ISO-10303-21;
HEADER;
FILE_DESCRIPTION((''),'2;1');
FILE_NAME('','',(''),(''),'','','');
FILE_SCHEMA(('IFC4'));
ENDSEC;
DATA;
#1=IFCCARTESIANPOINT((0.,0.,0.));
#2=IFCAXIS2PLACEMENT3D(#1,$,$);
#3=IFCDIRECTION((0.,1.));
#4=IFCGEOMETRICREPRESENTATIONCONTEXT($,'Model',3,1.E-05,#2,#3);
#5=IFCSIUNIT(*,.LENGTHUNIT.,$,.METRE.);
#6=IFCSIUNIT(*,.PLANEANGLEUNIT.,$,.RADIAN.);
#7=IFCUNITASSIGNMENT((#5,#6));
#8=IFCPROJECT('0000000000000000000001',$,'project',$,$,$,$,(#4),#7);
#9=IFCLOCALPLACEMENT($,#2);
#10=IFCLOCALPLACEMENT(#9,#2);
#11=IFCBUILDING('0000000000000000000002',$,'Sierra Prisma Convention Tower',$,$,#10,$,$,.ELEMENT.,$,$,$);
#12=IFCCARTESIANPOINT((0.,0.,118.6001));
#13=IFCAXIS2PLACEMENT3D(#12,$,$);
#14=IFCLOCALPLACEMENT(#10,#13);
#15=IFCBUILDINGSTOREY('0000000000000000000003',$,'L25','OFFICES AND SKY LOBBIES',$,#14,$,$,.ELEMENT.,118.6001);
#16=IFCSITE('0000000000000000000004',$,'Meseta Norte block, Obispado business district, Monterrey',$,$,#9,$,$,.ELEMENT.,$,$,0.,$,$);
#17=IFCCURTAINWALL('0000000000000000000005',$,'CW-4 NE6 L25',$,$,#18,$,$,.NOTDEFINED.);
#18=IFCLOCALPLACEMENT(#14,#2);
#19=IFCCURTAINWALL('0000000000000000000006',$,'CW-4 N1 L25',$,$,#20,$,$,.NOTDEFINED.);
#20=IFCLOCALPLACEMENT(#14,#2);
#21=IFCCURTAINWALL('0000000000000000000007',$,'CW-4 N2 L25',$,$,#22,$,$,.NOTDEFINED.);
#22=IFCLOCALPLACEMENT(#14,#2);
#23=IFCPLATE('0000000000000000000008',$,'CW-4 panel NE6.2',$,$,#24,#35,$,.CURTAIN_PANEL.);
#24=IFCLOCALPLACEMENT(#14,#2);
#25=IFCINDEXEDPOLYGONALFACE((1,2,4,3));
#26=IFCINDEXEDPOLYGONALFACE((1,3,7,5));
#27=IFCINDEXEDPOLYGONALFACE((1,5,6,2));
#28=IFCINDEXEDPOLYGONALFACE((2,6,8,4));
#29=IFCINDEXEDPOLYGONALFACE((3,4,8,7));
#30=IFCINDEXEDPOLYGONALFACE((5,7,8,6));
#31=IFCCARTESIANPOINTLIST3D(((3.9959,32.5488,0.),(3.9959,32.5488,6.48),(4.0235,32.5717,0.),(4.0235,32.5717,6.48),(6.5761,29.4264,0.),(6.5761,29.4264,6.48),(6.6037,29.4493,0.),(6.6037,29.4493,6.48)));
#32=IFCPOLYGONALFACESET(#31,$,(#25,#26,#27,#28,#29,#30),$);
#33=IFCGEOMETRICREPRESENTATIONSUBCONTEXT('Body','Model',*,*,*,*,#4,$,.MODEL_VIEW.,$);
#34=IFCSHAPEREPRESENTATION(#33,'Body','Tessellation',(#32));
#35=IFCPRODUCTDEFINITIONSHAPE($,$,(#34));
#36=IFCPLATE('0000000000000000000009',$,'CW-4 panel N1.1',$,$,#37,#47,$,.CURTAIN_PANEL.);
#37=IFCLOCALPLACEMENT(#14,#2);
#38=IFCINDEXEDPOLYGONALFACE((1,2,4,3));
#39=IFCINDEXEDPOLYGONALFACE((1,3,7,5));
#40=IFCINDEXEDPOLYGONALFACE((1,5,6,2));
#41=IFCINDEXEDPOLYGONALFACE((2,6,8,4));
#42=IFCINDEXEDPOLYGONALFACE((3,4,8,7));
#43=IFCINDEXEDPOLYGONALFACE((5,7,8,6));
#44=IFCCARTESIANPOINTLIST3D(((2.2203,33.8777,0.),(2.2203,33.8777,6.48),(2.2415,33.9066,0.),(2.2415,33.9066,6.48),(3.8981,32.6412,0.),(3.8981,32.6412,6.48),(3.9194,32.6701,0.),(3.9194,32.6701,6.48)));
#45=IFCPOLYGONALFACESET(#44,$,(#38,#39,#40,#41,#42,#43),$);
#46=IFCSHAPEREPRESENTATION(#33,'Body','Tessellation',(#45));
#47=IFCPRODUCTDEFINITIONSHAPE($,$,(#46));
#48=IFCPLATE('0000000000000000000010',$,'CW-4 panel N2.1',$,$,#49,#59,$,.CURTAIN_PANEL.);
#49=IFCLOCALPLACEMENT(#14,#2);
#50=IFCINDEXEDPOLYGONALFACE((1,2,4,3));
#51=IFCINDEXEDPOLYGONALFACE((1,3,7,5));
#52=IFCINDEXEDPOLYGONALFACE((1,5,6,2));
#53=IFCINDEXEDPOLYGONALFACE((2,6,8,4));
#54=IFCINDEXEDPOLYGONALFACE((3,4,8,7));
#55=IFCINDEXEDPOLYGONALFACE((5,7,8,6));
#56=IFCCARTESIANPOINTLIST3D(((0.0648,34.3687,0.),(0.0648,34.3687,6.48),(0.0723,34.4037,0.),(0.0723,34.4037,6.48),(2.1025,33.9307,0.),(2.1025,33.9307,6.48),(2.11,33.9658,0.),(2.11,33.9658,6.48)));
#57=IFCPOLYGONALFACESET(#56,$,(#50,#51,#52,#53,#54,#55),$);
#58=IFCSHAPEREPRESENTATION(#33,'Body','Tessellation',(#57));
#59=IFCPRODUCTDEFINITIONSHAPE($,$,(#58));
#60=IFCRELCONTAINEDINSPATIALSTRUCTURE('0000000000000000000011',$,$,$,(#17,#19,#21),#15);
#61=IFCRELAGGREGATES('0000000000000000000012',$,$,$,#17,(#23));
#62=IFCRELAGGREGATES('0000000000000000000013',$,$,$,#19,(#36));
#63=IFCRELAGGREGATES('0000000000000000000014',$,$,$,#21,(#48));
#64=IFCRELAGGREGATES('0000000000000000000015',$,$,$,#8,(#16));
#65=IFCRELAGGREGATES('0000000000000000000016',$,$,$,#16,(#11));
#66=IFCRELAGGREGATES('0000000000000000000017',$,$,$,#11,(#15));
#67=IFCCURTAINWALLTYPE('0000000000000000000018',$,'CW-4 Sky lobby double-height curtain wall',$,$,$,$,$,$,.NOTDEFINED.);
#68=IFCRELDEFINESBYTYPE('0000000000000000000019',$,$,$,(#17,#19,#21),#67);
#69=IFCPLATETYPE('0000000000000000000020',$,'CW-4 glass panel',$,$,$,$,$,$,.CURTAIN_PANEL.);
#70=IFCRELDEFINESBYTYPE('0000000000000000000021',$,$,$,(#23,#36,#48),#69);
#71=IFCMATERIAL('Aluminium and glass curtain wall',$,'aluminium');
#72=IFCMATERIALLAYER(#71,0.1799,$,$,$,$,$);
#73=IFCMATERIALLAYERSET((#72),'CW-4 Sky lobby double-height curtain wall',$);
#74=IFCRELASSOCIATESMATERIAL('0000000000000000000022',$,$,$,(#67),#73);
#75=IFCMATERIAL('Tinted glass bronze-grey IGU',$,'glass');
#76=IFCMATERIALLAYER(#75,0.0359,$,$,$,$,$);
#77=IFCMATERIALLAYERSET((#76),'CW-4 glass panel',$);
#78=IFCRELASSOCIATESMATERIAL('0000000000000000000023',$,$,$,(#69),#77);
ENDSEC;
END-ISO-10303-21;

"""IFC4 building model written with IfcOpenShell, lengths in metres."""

from ifc_helpers import new_model, si_unit, direction, frame, origin, origin_2d, place, context, subcontext, project, spatial, rectangle, extrude, material, layer, layer_set, type_object, element, aggregate, save


model = new_model("IFC4")

# Units and contexts
model_context = context("Model", 3, precision=1e-05, world=origin(), true_north=direction((0.0, 1.0)))
body_context = subcontext(model_context, "Body", "Model", "MODEL_VIEW")
ifc_project = project(units=[si_unit("LENGTHUNIT", "METRE"), si_unit("PLANEANGLEUNIT", "RADIAN")], contexts=[model_context])

# Site, building, storey
site_placement = place(None, origin())
site = spatial("IfcSite", under=ifc_project, at=site_placement, Name="Meseta Norte block, Obispado business district, Monterrey", CompositionType="ELEMENT", RefElevation=0.0)
building_placement = place(site_placement, origin())
building = spatial("IfcBuilding", under=site, at=building_placement, Name="Sierra Prisma Convention Tower", CompositionType="ELEMENT")
storey_placement = place(building_placement, frame((0.0, 0.0, 118.6001)))
storey = spatial("IfcBuildingStorey", under=building, at=storey_placement, Name="L25", Description="OFFICES AND SKY LOBBIES", CompositionType="ELEMENT", Elevation=118.6001)

# Shared definitions
ifc_material_1 = material(Name="Aluminium and glass curtain wall", Category="aluminium")
ifc_layer_1 = layer(ifc_material_1, 0.1799)
ifc_layer_set_1 = layer_set([ifc_layer_1], Name="CW-4 Sky lobby double-height curtain wall")
curtain_wall_type = type_object("IfcCurtainWallType", Name="CW-4 Sky lobby double-height curtain wall", PredefinedType="NOTDEFINED", material=ifc_layer_set_1)

# Curtain walls
curtain_wall_1_placement = place(storey_placement, origin())
curtain_wall_1 = element("IfcCurtainWall", 1, at=curtain_wall_1_placement, inside=storey, type_object=curtain_wall_type, Name="CW-4 NE6 L25", PredefinedType="NOTDEFINED")
curtain_wall_2_placement = place(storey_placement, origin())
curtain_wall_2 = element("IfcCurtainWall", 2, at=curtain_wall_2_placement, inside=storey, type_object=curtain_wall_type, Name="CW-4 N1 L25", PredefinedType="NOTDEFINED")
curtain_wall_3_placement = place(storey_placement, origin())
curtain_wall_3 = element("IfcCurtainWall", 3, at=curtain_wall_3_placement, inside=storey, type_object=curtain_wall_type, Name="CW-4 N2 L25", PredefinedType="NOTDEFINED")

# Plates
ifc_material_2 = material(Name="Tinted glass bronze-grey IGU", Category="glass")
ifc_layer_2 = layer(ifc_material_2, 0.0359)
ifc_layer_set_2 = layer_set([ifc_layer_2], Name="CW-4 glass panel")
plate_type = type_object("IfcPlateType", Name="CW-4 glass panel", PredefinedType="CURTAIN_PANEL", material=ifc_layer_set_2)
plate_1_placement = place(storey_placement, frame((5.2998, 30.999, 0.0), z_axis=(0.0, 0.0, 1.0), x_axis=(-0.637005, 0.77086, 0.0)))
plate_1 = element("IfcPlate", 4, at=plate_1_placement, type_object=plate_type, Name="CW-4 panel NE6.2", PredefinedType="CURTAIN_PANEL", context=body_context, shape_type="SweptSolid", body=[
    extrude(rectangle(XDim=4.0505, YDim=0.0359, at=origin_2d()), origin(), (0.0, 0.0, 1.0), 6.48),
])
aggregate(curtain_wall_1, [plate_1])
plate_2_placement = place(storey_placement, frame((3.0698, 33.2739, 0.0), z_axis=(0.0, 0.0, 1.0), x_axis=(-0.805017, 0.593251, 0.0)))
plate_2 = element("IfcPlate", 5, at=plate_2_placement, type_object=plate_type, Name="CW-4 panel N1.1", PredefinedType="CURTAIN_PANEL", context=body_context, shape_type="SweptSolid", body=[
    extrude(rectangle(XDim=2.0842, YDim=0.0359, at=origin_2d()), origin(), (0.0, 0.0, 1.0), 6.48),
])
aggregate(curtain_wall_2, [plate_2])
plate_3_placement = place(storey_placement, frame((1.0874, 34.1672, 0.0), z_axis=(0.0, 0.0, 1.0), x_axis=(-0.977676, 0.210119, 0.0)))
plate_3 = element("IfcPlate", 6, at=plate_3_placement, type_object=plate_type, Name="CW-4 panel N2.1", PredefinedType="CURTAIN_PANEL", context=body_context, shape_type="SweptSolid", body=[
    extrude(rectangle(XDim=2.0842, YDim=0.0359, at=origin_2d()), origin(), (0.0, 0.0, 1.0), 6.48),
])
aggregate(curtain_wall_3, [plate_3])

save(model, "model.ifc")
